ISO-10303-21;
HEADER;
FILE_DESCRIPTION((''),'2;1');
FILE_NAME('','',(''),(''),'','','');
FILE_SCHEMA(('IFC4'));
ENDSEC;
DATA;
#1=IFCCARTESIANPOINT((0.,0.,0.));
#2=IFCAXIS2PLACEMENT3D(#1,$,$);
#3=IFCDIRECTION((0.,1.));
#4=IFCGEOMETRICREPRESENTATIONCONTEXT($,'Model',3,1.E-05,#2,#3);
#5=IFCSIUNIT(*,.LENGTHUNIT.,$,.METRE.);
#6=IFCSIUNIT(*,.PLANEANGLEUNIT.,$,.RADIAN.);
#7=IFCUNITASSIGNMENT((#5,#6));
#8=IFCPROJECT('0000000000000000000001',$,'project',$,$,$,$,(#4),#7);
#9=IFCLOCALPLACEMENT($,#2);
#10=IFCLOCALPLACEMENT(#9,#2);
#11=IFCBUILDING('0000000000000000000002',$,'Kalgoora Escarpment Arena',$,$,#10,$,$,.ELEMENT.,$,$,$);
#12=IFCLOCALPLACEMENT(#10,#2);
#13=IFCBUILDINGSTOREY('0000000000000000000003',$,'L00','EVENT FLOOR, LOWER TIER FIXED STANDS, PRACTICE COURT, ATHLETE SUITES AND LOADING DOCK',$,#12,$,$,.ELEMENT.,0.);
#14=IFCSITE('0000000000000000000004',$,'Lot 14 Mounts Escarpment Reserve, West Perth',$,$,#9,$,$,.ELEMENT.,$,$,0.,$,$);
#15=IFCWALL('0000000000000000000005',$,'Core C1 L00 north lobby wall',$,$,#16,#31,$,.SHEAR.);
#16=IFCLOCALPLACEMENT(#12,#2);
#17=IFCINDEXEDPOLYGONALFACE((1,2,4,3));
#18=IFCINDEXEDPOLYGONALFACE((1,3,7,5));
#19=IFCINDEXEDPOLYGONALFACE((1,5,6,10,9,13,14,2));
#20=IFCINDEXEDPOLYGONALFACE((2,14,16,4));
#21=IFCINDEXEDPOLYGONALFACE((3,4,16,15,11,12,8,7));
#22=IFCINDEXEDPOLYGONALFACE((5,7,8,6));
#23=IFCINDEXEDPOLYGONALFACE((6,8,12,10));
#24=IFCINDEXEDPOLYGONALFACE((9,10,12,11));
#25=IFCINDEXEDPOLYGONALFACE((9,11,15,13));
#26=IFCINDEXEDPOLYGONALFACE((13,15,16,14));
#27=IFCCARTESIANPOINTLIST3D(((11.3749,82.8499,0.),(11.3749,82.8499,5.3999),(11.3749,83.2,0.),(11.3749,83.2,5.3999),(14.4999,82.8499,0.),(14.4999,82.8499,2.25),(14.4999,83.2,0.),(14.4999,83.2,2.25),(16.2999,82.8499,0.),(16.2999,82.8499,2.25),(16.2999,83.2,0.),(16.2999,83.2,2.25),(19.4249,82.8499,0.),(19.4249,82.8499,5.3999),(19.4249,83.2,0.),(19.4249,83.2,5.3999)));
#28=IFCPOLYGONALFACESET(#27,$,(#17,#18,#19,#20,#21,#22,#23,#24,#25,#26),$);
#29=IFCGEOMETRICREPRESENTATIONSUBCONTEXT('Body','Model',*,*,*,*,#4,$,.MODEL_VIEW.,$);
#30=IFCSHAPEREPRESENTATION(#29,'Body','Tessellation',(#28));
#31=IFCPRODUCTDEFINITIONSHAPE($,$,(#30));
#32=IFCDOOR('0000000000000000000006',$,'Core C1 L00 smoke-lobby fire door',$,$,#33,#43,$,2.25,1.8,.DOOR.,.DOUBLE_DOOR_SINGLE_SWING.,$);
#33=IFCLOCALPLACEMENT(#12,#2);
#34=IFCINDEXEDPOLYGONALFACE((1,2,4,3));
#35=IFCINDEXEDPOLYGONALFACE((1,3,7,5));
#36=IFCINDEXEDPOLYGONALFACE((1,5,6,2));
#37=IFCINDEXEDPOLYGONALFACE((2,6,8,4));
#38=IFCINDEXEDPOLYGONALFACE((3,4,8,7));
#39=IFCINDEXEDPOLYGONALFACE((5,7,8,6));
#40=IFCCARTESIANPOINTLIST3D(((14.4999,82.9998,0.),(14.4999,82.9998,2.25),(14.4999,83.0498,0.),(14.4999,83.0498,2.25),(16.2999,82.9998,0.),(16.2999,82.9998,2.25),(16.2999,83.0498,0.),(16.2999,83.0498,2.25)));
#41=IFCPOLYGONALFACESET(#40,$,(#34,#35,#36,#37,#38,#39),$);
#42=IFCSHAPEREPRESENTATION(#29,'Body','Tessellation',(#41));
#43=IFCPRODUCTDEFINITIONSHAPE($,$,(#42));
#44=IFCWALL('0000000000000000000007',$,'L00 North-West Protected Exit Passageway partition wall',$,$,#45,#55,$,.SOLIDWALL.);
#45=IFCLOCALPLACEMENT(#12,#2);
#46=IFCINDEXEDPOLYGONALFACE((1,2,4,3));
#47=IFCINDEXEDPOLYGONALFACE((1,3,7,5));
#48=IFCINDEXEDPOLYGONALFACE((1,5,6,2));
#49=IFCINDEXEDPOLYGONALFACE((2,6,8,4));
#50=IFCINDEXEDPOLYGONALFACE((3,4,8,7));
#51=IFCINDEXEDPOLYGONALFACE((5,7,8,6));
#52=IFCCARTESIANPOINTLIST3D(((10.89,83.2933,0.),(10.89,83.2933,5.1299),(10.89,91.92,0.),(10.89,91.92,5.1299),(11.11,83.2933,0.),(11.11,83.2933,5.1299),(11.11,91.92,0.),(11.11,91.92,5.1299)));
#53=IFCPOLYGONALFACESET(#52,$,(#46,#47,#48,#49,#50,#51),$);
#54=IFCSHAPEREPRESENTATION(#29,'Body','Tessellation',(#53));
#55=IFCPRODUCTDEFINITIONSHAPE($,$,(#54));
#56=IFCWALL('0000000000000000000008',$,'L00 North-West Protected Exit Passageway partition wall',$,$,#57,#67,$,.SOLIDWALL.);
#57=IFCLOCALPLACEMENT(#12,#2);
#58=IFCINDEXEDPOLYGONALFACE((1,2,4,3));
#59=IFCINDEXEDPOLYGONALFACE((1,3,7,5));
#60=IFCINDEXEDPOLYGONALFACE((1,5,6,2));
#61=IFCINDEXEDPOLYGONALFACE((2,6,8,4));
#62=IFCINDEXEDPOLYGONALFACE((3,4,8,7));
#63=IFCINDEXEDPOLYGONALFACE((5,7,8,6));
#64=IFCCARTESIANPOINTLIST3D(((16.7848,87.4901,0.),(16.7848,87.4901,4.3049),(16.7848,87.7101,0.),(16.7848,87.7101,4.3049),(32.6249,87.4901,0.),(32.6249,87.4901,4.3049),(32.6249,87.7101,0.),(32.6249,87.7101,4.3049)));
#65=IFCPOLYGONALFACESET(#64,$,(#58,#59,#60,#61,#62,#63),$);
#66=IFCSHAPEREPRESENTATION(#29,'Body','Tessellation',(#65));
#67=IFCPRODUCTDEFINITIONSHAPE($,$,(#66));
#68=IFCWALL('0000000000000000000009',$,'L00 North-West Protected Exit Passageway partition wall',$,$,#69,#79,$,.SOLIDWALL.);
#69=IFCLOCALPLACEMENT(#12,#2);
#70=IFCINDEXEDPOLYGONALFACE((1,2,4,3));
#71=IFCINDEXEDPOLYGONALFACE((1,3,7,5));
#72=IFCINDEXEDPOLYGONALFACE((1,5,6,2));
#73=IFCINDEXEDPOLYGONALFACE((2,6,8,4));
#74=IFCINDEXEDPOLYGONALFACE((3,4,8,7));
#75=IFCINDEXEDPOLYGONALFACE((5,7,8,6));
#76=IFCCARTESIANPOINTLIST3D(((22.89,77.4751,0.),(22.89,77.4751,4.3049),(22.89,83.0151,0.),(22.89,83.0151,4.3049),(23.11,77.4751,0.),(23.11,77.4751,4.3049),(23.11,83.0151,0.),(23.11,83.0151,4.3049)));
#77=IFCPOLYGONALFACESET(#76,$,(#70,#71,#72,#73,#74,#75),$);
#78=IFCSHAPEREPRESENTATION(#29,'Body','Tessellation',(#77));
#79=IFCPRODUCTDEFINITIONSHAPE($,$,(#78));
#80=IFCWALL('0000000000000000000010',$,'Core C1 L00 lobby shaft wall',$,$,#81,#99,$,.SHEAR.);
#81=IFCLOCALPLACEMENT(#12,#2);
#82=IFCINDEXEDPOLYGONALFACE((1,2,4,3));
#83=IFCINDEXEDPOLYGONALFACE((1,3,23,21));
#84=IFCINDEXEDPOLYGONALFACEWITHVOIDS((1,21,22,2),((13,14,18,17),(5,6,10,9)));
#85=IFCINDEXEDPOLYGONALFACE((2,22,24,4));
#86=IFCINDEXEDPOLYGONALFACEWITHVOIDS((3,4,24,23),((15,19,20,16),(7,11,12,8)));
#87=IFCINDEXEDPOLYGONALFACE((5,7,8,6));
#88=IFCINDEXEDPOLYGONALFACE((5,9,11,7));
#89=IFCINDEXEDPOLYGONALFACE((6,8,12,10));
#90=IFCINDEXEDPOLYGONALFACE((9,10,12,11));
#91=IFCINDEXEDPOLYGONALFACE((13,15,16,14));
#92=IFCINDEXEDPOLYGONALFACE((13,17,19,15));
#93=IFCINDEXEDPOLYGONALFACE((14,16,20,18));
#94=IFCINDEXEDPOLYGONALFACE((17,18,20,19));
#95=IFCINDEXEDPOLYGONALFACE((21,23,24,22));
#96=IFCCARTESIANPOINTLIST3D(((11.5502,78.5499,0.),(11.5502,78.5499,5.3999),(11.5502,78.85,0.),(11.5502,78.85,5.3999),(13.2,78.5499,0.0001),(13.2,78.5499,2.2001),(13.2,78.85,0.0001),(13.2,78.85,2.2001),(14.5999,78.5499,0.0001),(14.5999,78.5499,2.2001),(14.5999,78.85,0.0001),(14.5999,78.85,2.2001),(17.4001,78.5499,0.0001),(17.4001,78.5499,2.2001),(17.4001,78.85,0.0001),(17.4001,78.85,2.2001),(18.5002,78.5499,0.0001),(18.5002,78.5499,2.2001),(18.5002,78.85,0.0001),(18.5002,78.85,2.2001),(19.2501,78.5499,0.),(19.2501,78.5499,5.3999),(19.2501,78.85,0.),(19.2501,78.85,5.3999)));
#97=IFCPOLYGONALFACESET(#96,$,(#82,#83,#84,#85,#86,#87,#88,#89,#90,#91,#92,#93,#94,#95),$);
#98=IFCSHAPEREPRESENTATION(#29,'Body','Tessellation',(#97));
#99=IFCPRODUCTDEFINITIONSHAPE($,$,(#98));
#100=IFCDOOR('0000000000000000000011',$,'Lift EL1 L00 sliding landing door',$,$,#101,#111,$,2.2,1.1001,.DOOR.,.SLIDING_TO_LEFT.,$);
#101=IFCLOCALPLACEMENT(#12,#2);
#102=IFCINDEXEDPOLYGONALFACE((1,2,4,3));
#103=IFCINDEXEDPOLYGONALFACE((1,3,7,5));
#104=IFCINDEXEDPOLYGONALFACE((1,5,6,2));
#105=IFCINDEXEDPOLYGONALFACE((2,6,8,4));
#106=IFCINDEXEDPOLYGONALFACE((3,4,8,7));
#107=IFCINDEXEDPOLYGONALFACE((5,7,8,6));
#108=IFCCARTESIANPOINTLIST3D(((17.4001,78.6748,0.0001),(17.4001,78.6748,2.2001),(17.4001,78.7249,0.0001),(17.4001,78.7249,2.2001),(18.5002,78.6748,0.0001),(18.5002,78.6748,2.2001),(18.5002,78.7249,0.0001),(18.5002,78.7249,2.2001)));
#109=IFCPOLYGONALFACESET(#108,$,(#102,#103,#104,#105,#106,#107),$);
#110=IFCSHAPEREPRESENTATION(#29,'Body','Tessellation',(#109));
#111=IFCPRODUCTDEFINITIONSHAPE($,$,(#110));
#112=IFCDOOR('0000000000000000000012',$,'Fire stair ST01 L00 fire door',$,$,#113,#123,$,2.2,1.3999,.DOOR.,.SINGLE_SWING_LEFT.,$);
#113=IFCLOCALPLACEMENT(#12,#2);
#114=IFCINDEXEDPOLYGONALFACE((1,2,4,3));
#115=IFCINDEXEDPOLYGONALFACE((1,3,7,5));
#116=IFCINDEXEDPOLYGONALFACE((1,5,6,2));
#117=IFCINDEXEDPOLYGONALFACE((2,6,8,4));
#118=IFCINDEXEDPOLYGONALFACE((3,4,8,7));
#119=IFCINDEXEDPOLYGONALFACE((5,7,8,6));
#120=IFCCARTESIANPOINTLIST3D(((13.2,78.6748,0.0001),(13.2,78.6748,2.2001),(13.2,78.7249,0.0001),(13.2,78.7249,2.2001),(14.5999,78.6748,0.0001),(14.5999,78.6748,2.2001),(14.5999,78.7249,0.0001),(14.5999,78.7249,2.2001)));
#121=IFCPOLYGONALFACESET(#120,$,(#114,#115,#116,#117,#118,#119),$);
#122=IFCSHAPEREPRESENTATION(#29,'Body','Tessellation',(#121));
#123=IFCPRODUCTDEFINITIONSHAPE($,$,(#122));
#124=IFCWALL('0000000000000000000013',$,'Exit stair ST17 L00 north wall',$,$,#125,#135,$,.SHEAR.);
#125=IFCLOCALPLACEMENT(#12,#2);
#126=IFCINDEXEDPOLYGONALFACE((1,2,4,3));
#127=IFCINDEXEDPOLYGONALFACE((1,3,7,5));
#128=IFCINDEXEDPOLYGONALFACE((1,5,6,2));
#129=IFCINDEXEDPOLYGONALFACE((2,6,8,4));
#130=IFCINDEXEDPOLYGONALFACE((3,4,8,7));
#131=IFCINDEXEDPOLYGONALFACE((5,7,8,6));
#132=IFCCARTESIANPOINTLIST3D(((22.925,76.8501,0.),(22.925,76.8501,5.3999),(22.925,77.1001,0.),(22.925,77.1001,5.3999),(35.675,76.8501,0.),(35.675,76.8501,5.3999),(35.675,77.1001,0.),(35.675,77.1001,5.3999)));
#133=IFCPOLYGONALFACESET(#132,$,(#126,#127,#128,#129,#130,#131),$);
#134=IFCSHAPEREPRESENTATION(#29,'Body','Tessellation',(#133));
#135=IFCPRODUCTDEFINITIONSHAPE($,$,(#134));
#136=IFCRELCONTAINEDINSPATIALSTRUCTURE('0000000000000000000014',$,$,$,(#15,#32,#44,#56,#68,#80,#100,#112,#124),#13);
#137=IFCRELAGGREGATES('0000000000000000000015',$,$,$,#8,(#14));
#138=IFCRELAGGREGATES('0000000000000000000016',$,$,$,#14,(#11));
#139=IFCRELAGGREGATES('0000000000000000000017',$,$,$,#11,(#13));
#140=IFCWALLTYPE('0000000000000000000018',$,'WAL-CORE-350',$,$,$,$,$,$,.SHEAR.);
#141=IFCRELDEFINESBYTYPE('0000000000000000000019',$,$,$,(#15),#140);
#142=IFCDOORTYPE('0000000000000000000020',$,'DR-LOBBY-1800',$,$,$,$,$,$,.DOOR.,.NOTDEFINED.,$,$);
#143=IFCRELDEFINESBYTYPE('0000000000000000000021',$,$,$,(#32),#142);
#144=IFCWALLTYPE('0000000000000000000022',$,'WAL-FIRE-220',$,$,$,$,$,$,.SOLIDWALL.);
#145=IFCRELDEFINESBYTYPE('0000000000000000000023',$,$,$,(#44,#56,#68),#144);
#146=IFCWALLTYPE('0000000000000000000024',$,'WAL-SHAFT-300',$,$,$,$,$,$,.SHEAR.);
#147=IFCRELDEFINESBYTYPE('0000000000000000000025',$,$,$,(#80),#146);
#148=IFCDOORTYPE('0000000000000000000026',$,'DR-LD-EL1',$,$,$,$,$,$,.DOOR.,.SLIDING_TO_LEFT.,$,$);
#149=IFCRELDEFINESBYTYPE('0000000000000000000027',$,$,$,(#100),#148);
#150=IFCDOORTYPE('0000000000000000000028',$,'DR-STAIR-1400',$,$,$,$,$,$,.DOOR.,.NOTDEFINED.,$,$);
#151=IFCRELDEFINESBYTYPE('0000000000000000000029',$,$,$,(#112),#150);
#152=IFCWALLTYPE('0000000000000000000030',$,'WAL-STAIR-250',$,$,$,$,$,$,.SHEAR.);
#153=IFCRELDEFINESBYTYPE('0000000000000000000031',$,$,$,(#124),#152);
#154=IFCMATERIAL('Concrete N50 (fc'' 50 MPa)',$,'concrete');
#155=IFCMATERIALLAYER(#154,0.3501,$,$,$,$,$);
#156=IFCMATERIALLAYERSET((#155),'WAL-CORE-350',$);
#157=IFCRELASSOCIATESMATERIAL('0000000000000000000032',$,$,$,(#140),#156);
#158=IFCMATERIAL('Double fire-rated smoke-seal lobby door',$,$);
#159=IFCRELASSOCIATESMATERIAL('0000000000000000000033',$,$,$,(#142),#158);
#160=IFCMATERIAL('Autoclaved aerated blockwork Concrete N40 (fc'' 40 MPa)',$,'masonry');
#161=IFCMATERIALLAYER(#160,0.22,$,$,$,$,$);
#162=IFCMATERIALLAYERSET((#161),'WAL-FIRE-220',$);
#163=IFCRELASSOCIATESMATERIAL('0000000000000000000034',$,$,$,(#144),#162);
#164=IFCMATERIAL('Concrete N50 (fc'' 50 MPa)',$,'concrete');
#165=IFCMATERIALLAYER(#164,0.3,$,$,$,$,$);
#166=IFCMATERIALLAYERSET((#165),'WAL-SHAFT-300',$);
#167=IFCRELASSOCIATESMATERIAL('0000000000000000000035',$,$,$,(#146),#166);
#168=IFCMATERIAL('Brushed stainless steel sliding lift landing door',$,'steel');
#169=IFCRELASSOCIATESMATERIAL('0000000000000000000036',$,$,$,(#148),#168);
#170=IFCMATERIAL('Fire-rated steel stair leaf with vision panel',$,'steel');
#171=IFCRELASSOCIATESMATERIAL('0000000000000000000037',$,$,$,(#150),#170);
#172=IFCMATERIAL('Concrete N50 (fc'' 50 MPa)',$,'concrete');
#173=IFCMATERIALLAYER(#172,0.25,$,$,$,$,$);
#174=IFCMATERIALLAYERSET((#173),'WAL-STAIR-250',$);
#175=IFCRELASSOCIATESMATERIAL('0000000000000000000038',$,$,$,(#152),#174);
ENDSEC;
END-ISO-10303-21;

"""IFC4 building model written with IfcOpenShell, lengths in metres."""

from ifc_helpers import new_model, si_unit, direction, frame, frame_2d, origin, place, context, subcontext, project, spatial, rectangle, extrude, material, layer, layer_set, type_object, element, fill, save


model = new_model("IFC4")

# Units and contexts
model_context = context("Model", 3, precision=1e-05, world=origin(), true_north=direction((0.0, 1.0)))
body_context = subcontext(model_context, "Body", "Model", "MODEL_VIEW")
ifc_project = project(units=[si_unit("LENGTHUNIT", "METRE"), si_unit("PLANEANGLEUNIT", "RADIAN")], contexts=[model_context])

# Site, building, storey
site_placement = place(None, origin())
site = spatial("IfcSite", under=ifc_project, at=site_placement, Name="Lot 14 Mounts Escarpment Reserve, West Perth", CompositionType="ELEMENT", RefElevation=0.0)
building_placement = place(site_placement, origin())
building = spatial("IfcBuilding", under=site, at=building_placement, Name="Kalgoora Escarpment Arena", CompositionType="ELEMENT")
storey_placement = place(building_placement, origin())
storey = spatial("IfcBuildingStorey", under=building, at=storey_placement, Name="L00", Description="EVENT FLOOR, LOWER TIER FIXED STANDS, PRACTICE COURT, ATHLETE SUITES AND LOADING DOCK", CompositionType="ELEMENT", Elevation=0.0)

# Wall, opening, door
ifc_material_1 = material(Name="Concrete N50 (fc' 50 MPa)", Category="concrete")
ifc_layer_1 = layer(ifc_material_1, 0.3501)
ifc_layer_set_1 = layer_set([ifc_layer_1], Name="WAL-CORE-350")
wall_type_1 = type_object("IfcWallType", Name="WAL-CORE-350", PredefinedType="SHEAR", material=ifc_layer_set_1)
wall_1_placement = place(storey_placement, frame((11.375, 83.0249, 0.0), z_axis=(0.0, 0.0, 1.0), x_axis=(1.0, 0.0, 0.0)))
wall_1 = element("IfcWall", 1, at=wall_1_placement, inside=storey, type_object=wall_type_1, Name="Core C1 L00 north lobby wall", PredefinedType="SHEAR", context=body_context, shape_type="SweptSolid", body=[
    extrude(rectangle(XDim=8.05, YDim=0.3501, at=frame_2d((4.0249, 0.0))), origin(), (0.0, 0.0, 1.0), 5.3999),
])
opening_1_placement = place(wall_1_placement, frame((3.125, 0.0, 0.0)))
opening_1 = element("IfcOpeningElement", 2, at=opening_1_placement, cuts=wall_1, PredefinedType="OPENING", context=body_context, shape_type="SweptSolid", body=[
    extrude(rectangle(XDim=1.8, YDim=2.25, at=frame_2d((0.8999, 1.125))), frame((0.0, 0.1851, 0.0), z_axis=(0.0, -1.0, 0.0), x_axis=(1.0, 0.0, 0.0)), (0.0, 0.0, 1.0), 0.3701),
])
ifc_material_2 = material(Name="Double fire-rated smoke-seal lobby door")
door_type_1 = type_object("IfcDoorType", Name="DR-LOBBY-1800", OperationType="NOTDEFINED", PredefinedType="DOOR", material=ifc_material_2)
door_1_placement = place(opening_1_placement, origin())
door_1 = element("IfcDoor", 3, at=door_1_placement, inside=storey, type_object=door_type_1, Name="Core C1 L00 smoke-lobby fire door", OperationType="DOUBLE_DOOR_SINGLE_SWING", OverallHeight=2.25, OverallWidth=1.8, PredefinedType="DOOR", context=body_context, shape_type="SweptSolid", body=[
    extrude(rectangle(XDim=1.8, YDim=2.25, at=frame_2d((0.8999, 1.125))), frame((0.0, 0.0249, 0.0), z_axis=(0.0, -1.0, 0.0), x_axis=(1.0, 0.0, 0.0)), (0.0, 0.0, 1.0), 0.05),
])
fill(opening_1, door_1)

# Walls
ifc_material_3 = material(Name="Autoclaved aerated blockwork Concrete N40 (fc' 40 MPa)", Category="masonry")
ifc_layer_2 = layer(ifc_material_3, 0.22)
ifc_layer_set_2 = layer_set([ifc_layer_2], Name="WAL-FIRE-220")
wall_type_2 = type_object("IfcWallType", Name="WAL-FIRE-220", PredefinedType="SOLIDWALL", material=ifc_layer_set_2)
wall_2_placement = place(storey_placement, frame((11.0, 83.2932, 0.0), z_axis=(0.0, 0.0, 1.0), x_axis=(0.0, 1.0, 0.0)))
element("IfcWall", 4, at=wall_2_placement, inside=storey, type_object=wall_type_2, Name="L00 North-West Protected Exit Passageway partition wall", PredefinedType="SOLIDWALL", context=body_context, shape_type="SweptSolid", body=[
    extrude(rectangle(XDim=8.6267, YDim=0.22, at=frame_2d((4.3135, 0.0))), origin(), (0.0, 0.0, 1.0), 5.1299),
])
wall_3_placement = place(storey_placement, frame((16.7849, 87.6001, 0.0), z_axis=(0.0, 0.0, 1.0), x_axis=(1.0, 0.0, 0.0)))
element("IfcWall", 5, at=wall_3_placement, inside=storey, type_object=wall_type_2, Name="L00 North-West Protected Exit Passageway partition wall", PredefinedType="SOLIDWALL", context=body_context, shape_type="SweptSolid", body=[
    extrude(rectangle(XDim=15.8401, YDim=0.22, at=frame_2d((7.9199, 0.0))), origin(), (0.0, 0.0, 1.0), 4.3049),
])
wall_4_placement = place(storey_placement, frame((23.0, 83.0151, 0.0), z_axis=(0.0, 0.0, 1.0), x_axis=(0.0, -1.0, 0.0)))
element("IfcWall", 6, at=wall_4_placement, inside=storey, type_object=wall_type_2, Name="L00 North-West Protected Exit Passageway partition wall", PredefinedType="SOLIDWALL", context=body_context, shape_type="SweptSolid", body=[
    extrude(rectangle(XDim=5.54, YDim=0.22, at=frame_2d((2.77, 0.0))), origin(), (0.0, 0.0, 1.0), 4.3049),
])

# Wall, openings, doors
ifc_material_4 = material(Name="Concrete N50 (fc' 50 MPa)", Category="concrete")
ifc_layer_3 = layer(ifc_material_4, 0.3)
ifc_layer_set_3 = layer_set([ifc_layer_3], Name="WAL-SHAFT-300")
wall_type_3 = type_object("IfcWallType", Name="WAL-SHAFT-300", PredefinedType="SHEAR", material=ifc_layer_set_3)
wall_5_placement = place(storey_placement, frame((11.55, 78.7, 0.0), z_axis=(0.0, 0.0, 1.0), x_axis=(1.0, 0.0, 0.0)))
wall_5 = element("IfcWall", 7, at=wall_5_placement, inside=storey, type_object=wall_type_3, Name="Core C1 L00 lobby shaft wall", PredefinedType="SHEAR", context=body_context, shape_type="SweptSolid", body=[
    extrude(rectangle(XDim=7.7, YDim=0.3, at=frame_2d((3.8501, 0.0))), origin(), (0.0, 0.0, 1.0), 5.3999),
])
opening_2_placement = place(wall_5_placement, frame((1.6499, 0.0, 0.0)))
opening_2 = element("IfcOpeningElement", 8, at=opening_2_placement, cuts=wall_5, PredefinedType="OPENING", context=body_context, shape_type="SweptSolid", body=[
    extrude(rectangle(XDim=1.3999, YDim=2.2, at=frame_2d((0.7, 1.1001))), frame((0.0, 0.1599, 0.0), z_axis=(0.0, -1.0, 0.0), x_axis=(1.0, 0.0, 0.0)), (0.0, 0.0, 1.0), 0.3201),
])
opening_3_placement = place(wall_5_placement, frame((5.8501, 0.0, 0.0)))
opening_3 = element("IfcOpeningElement", 9, at=opening_3_placement, cuts=wall_5, PredefinedType="OPENING", context=body_context, shape_type="SweptSolid", body=[
    extrude(rectangle(XDim=1.1001, YDim=2.2, at=frame_2d((0.55, 1.1001))), frame((0.0, 0.1599, 0.0), z_axis=(0.0, -1.0, 0.0), x_axis=(1.0, 0.0, 0.0)), (0.0, 0.0, 1.0), 0.3201),
])
ifc_material_5 = material(Name="Brushed stainless steel sliding lift landing door", Category="steel")
door_type_2 = type_object("IfcDoorType", Name="DR-LD-EL1", OperationType="SLIDING_TO_LEFT", PredefinedType="DOOR", material=ifc_material_5)
door_2_placement = place(opening_3_placement, origin())
door_2 = element("IfcDoor", 10, at=door_2_placement, inside=storey, type_object=door_type_2, Name="Lift EL1 L00 sliding landing door", OperationType="SLIDING_TO_LEFT", OverallHeight=2.2, OverallWidth=1.1001, PredefinedType="DOOR", context=body_context, shape_type="SweptSolid", body=[
    extrude(rectangle(XDim=1.1001, YDim=2.2, at=frame_2d((0.55, 1.1001))), frame((0.0, 0.0249, 0.0), z_axis=(0.0, -1.0, 0.0), x_axis=(1.0, 0.0, 0.0)), (0.0, 0.0, 1.0), 0.05),
])
fill(opening_3, door_2)
ifc_material_6 = material(Name="Fire-rated steel stair leaf with vision panel", Category="steel")
door_type_3 = type_object("IfcDoorType", Name="DR-STAIR-1400", OperationType="NOTDEFINED", PredefinedType="DOOR", material=ifc_material_6)
door_3_placement = place(opening_2_placement, origin())
door_3 = element("IfcDoor", 11, at=door_3_placement, inside=storey, type_object=door_type_3, Name="Fire stair ST01 L00 fire door", OperationType="SINGLE_SWING_LEFT", OverallHeight=2.2, OverallWidth=1.3999, PredefinedType="DOOR", context=body_context, shape_type="SweptSolid", body=[
    extrude(rectangle(XDim=1.3999, YDim=2.2, at=frame_2d((0.7, 1.1001))), frame((0.0, 0.0249, 0.0), z_axis=(0.0, -1.0, 0.0), x_axis=(1.0, 0.0, 0.0)), (0.0, 0.0, 1.0), 0.05),
])
fill(opening_2, door_3)

# Wall
ifc_material_7 = material(Name="Concrete N50 (fc' 50 MPa)", Category="concrete")
ifc_layer_4 = layer(ifc_material_7, 0.25)
ifc_layer_set_4 = layer_set([ifc_layer_4], Name="WAL-STAIR-250")
wall_type_4 = type_object("IfcWallType", Name="WAL-STAIR-250", PredefinedType="SHEAR", material=ifc_layer_set_4)
wall_6_placement = place(storey_placement, frame((22.925, 76.9751, 0.0), z_axis=(0.0, 0.0, 1.0), x_axis=(1.0, 0.0, 0.0)))
element("IfcWall", 12, at=wall_6_placement, inside=storey, type_object=wall_type_4, Name="Exit stair ST17 L00 north wall", PredefinedType="SHEAR", context=body_context, shape_type="SweptSolid", body=[
    extrude(rectangle(XDim=12.75, YDim=0.25, at=frame_2d((6.375, 0.0))), origin(), (0.0, 0.0, 1.0), 5.3999),
])

save(model, "model.ifc")
